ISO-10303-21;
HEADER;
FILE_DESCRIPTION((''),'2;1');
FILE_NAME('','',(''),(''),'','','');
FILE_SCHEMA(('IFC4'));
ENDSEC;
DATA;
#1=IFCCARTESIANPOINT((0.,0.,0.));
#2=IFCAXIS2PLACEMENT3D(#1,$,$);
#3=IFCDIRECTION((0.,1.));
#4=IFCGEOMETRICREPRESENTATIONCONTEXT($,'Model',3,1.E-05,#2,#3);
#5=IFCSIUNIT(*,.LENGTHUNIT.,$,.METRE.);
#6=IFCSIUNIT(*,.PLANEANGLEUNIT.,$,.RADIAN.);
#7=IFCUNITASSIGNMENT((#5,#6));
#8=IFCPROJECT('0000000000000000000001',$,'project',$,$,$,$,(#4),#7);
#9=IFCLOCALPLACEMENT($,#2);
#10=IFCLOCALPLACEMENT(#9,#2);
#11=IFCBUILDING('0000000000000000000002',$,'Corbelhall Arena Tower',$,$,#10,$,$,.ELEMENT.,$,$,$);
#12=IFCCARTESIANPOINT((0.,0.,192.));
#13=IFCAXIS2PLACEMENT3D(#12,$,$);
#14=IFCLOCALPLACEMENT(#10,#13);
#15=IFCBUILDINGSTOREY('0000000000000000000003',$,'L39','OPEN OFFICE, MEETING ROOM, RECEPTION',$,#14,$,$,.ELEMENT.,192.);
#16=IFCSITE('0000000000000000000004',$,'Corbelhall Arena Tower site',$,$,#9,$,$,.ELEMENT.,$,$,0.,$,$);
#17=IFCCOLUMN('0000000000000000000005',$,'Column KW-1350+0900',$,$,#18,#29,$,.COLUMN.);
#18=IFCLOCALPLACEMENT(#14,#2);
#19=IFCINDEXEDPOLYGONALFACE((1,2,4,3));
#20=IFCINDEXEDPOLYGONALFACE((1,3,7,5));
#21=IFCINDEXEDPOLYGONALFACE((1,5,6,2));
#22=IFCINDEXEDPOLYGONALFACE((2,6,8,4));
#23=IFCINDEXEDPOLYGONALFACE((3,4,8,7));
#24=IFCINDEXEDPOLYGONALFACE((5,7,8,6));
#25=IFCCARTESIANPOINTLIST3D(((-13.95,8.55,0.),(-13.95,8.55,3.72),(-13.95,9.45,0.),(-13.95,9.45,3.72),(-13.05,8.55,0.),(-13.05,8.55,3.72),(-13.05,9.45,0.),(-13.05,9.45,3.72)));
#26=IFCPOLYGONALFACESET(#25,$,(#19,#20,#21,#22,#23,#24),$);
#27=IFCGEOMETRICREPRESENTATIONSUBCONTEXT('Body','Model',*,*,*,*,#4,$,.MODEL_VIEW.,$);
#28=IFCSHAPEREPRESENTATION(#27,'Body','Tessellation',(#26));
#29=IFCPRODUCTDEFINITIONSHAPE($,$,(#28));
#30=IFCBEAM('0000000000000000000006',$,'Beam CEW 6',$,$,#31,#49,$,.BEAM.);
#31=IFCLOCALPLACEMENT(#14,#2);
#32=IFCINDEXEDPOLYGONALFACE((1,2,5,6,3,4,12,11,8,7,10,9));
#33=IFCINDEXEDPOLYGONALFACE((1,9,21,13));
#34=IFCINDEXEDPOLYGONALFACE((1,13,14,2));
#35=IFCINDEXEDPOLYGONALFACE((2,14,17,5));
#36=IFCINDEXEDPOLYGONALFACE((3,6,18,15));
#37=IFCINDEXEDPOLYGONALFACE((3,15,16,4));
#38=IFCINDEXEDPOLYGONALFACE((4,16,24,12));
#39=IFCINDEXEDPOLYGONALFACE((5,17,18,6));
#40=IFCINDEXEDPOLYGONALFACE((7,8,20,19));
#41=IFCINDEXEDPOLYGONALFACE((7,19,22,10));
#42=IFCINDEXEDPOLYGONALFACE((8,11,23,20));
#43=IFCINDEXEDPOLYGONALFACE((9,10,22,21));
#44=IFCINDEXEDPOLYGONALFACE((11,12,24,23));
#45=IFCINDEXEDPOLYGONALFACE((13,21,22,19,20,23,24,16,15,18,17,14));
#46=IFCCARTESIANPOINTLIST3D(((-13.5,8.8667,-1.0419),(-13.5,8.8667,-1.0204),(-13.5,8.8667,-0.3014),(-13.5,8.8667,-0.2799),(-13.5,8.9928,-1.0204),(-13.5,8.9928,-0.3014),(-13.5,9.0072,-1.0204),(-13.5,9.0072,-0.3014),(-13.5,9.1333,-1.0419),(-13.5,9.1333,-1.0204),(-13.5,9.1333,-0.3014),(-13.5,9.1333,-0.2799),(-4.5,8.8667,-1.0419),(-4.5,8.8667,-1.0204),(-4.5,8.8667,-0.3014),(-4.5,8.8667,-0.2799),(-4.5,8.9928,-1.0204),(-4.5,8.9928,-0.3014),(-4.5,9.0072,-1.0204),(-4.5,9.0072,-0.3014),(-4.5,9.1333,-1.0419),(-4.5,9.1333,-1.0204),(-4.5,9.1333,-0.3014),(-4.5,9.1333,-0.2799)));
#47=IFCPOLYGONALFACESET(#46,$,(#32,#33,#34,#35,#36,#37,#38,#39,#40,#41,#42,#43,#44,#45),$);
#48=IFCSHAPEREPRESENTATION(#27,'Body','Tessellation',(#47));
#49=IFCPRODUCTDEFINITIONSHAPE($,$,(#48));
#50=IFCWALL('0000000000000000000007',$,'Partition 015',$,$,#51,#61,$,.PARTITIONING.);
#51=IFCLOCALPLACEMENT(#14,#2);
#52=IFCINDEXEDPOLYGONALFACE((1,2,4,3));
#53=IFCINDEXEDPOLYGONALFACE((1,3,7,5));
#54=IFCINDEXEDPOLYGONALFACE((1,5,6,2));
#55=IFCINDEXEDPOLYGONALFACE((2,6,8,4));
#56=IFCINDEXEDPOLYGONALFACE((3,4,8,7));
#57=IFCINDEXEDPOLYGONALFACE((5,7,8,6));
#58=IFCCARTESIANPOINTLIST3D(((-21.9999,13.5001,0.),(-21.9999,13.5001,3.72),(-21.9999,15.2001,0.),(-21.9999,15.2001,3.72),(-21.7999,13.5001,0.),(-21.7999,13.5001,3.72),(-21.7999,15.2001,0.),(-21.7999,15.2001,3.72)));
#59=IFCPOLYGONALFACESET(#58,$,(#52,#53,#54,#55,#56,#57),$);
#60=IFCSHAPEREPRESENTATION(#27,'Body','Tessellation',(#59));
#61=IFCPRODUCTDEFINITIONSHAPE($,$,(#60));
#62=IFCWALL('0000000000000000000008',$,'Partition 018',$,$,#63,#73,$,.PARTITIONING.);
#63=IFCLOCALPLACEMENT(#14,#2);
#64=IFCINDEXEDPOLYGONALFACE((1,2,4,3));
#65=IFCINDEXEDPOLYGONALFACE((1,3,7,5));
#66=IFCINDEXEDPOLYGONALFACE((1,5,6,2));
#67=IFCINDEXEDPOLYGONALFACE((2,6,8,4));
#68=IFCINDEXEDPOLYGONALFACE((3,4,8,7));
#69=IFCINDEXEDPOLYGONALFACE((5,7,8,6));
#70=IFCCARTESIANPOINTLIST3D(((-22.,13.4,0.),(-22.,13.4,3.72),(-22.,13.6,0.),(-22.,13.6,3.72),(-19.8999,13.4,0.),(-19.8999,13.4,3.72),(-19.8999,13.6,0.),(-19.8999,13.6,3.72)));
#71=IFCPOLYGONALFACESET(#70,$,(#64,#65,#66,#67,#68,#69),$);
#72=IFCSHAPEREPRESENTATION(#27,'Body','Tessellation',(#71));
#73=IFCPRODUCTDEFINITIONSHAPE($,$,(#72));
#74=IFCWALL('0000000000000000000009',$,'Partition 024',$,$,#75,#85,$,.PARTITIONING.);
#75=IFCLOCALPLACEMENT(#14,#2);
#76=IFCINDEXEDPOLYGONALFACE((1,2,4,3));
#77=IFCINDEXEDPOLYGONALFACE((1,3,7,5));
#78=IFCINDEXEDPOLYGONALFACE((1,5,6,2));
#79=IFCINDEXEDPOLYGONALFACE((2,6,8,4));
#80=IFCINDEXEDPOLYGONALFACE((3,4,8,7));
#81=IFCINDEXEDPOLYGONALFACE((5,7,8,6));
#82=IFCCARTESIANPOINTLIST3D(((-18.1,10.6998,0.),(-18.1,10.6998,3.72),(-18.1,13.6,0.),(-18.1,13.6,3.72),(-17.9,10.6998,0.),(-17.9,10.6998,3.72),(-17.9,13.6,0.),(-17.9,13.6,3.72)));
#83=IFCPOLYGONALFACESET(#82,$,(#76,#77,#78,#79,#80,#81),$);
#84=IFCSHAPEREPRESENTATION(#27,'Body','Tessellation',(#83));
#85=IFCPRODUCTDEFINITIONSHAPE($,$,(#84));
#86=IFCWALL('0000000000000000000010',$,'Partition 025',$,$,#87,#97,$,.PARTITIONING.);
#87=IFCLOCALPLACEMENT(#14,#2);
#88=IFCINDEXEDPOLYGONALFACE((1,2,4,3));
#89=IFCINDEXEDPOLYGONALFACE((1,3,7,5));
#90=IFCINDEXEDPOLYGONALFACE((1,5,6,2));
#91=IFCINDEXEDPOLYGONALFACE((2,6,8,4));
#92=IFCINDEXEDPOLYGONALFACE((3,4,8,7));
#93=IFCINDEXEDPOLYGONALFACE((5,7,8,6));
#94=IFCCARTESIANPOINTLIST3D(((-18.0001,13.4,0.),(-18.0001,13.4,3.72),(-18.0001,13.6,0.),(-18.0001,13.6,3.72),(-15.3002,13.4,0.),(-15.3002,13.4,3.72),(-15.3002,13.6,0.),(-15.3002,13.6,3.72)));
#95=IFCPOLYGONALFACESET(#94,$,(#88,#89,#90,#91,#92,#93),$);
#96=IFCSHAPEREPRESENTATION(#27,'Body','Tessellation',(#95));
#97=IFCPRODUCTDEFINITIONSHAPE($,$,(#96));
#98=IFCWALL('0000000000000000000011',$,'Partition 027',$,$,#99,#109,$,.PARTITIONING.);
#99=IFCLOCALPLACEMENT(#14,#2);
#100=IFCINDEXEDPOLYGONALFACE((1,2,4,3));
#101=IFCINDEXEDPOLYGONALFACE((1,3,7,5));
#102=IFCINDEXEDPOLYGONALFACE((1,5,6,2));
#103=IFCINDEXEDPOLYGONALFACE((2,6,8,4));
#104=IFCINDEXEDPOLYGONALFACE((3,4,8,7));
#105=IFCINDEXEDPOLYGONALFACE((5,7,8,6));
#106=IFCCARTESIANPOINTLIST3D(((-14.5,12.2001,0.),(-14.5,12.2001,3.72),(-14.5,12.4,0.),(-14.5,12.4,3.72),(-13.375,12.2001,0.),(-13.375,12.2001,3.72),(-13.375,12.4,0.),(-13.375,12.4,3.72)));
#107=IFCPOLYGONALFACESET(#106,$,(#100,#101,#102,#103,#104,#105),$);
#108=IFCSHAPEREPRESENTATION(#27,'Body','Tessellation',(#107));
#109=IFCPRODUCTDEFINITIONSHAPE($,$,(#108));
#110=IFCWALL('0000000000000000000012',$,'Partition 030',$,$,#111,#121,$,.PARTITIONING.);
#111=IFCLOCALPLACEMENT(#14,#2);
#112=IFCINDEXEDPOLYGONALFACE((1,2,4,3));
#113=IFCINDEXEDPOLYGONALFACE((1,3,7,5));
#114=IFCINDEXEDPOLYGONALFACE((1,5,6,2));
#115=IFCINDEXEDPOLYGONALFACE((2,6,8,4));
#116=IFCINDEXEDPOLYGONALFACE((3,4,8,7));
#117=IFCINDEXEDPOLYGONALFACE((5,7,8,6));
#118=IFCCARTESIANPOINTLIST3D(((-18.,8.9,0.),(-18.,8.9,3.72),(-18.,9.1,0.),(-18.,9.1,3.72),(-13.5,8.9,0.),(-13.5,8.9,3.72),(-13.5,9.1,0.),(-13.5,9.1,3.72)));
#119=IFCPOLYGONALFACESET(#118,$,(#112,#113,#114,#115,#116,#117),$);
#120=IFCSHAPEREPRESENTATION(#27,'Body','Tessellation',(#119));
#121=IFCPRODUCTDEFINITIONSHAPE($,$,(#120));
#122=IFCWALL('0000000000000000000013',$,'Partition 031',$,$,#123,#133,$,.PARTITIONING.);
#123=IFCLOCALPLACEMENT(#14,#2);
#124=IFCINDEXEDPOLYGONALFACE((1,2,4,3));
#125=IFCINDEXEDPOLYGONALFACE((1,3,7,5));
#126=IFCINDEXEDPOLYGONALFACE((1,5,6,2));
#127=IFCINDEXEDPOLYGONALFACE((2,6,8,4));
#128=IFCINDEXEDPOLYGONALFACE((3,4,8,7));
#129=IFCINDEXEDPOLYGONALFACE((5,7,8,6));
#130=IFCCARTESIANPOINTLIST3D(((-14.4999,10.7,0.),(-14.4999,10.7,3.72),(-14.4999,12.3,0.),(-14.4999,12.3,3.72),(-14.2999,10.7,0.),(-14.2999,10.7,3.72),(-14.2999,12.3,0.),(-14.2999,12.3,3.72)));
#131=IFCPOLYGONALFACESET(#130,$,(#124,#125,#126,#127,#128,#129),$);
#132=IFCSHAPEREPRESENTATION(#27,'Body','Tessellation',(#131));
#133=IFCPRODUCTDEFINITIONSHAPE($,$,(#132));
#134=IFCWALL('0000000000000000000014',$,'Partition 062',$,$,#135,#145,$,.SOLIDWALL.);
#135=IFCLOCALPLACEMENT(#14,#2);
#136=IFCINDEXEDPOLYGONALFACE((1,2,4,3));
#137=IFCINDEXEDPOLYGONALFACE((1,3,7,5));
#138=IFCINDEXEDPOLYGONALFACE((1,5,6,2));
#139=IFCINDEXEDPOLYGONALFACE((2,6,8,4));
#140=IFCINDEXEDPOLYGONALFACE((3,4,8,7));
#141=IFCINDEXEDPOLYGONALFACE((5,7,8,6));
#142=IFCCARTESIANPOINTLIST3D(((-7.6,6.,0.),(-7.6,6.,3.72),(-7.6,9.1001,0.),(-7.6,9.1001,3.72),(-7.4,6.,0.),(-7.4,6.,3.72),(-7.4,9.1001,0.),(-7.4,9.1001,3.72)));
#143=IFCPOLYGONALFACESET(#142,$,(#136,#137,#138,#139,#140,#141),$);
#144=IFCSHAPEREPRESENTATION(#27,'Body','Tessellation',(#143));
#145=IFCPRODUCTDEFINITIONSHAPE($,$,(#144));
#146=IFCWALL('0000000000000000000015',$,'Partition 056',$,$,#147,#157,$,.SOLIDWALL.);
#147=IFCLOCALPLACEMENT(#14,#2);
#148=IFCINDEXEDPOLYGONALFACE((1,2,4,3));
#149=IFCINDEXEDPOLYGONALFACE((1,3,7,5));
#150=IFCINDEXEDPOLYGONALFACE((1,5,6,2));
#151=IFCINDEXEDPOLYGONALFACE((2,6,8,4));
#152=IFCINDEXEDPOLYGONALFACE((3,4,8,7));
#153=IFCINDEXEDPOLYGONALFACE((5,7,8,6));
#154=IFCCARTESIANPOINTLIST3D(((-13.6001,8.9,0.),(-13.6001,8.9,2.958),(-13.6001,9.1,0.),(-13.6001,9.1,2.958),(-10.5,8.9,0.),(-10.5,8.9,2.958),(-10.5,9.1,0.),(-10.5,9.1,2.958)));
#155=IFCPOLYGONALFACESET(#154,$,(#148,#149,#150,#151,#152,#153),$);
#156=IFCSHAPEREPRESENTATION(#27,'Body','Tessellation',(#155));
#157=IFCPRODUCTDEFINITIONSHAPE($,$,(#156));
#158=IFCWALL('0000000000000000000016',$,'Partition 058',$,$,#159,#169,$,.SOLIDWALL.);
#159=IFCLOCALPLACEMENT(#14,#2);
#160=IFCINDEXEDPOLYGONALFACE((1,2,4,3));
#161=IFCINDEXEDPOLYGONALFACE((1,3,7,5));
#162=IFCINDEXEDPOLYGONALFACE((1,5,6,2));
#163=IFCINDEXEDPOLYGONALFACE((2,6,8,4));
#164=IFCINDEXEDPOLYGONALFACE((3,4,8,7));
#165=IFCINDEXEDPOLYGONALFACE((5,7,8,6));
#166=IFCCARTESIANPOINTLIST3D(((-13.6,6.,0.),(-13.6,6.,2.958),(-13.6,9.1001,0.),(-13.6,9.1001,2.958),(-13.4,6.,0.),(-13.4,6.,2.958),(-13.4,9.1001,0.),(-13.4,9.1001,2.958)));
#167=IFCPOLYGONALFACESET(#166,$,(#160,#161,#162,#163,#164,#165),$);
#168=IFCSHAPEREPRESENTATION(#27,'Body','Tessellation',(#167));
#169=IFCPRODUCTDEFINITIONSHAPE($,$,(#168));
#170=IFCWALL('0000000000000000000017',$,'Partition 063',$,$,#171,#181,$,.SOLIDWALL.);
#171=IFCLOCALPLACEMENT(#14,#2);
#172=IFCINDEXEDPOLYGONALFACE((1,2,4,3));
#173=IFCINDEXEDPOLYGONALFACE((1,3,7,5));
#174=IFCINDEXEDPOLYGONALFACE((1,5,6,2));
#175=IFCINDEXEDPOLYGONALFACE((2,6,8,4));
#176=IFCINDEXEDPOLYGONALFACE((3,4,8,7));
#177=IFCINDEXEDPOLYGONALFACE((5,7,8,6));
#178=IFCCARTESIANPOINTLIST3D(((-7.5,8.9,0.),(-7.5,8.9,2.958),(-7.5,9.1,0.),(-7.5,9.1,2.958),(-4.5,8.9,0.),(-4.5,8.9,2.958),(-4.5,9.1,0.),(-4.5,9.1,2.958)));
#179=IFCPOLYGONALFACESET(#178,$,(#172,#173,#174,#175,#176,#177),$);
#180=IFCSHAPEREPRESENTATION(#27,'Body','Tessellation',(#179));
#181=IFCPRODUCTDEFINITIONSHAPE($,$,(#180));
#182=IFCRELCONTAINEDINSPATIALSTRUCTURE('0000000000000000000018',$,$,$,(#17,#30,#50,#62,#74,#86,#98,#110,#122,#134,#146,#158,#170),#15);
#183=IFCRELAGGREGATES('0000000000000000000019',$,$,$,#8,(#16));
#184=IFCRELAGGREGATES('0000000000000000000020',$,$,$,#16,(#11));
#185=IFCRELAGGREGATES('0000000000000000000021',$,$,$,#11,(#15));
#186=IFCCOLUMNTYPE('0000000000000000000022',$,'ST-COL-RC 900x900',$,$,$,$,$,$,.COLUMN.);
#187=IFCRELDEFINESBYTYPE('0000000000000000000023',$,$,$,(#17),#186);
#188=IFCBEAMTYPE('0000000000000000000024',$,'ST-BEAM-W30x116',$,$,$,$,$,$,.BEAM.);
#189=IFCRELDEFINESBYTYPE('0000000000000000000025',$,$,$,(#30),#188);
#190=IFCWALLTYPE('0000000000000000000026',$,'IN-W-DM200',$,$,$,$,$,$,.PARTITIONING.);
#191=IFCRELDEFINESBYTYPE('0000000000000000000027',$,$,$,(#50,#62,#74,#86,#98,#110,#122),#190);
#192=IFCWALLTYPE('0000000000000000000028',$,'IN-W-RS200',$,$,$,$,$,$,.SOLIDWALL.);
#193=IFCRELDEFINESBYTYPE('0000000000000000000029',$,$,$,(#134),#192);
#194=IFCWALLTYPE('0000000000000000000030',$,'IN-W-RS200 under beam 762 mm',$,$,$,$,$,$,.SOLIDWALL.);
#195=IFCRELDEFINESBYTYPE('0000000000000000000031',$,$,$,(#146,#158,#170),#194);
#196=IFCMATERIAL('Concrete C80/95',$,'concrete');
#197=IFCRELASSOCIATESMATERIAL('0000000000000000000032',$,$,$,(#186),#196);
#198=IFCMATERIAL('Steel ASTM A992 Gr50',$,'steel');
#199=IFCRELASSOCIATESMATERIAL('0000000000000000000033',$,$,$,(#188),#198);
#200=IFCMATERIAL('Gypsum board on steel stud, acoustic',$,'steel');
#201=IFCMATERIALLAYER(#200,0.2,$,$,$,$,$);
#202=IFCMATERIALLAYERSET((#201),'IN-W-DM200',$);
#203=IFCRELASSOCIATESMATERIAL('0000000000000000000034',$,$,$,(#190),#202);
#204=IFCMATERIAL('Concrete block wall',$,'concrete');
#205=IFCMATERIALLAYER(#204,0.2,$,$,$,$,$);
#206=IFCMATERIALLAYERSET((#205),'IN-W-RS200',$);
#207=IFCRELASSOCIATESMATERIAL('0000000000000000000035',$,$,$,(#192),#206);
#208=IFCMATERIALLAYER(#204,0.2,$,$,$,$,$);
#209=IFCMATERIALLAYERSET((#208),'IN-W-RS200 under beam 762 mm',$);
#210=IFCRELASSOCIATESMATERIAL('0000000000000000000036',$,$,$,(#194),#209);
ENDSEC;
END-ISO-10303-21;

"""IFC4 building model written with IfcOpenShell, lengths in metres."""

from ifc_helpers import new_model, si_unit, direction, frame, frame_2d, origin, origin_2d, place, context, subcontext, project, spatial, rectangle, i_section, extrude, material, layer, layer_set, material_profile, profile_set, type_object, element, save


model = new_model("IFC4")

# Units and contexts
model_context = context("Model", 3, precision=1e-05, world=origin(), true_north=direction((0.0, 1.0)))
body_context = subcontext(model_context, "Body", "Model", "MODEL_VIEW")
ifc_project = project(units=[si_unit("LENGTHUNIT", "METRE"), si_unit("PLANEANGLEUNIT", "RADIAN")], contexts=[model_context])

# Site, building, storey
site_placement = place(None, origin())
site = spatial("IfcSite", under=ifc_project, at=site_placement, Name="Corbelhall Arena Tower site", CompositionType="ELEMENT", RefElevation=0.0)
building_placement = place(site_placement, origin())
building = spatial("IfcBuilding", under=site, at=building_placement, Name="Corbelhall Arena Tower", CompositionType="ELEMENT")
storey_placement = place(building_placement, frame((0.0, 0.0, 192.0)))
storey = spatial("IfcBuildingStorey", under=building, at=storey_placement, Name="L39", Description="OPEN OFFICE, MEETING ROOM, RECEPTION", CompositionType="ELEMENT", Elevation=192.0)

# Column
ifc_material_1 = material(Name="Concrete C80/95", Category="concrete")
ifc_material_profile_1 = material_profile(ifc_material_1, rectangle(XDim=0.8999, YDim=0.8999, at=origin_2d()))
ifc_profile_set_1 = profile_set([ifc_material_profile_1], Name="Concrete C80/95")
column_type = type_object("IfcColumnType", Name="ST-COL-RC 900x900", PredefinedType="COLUMN", material=ifc_profile_set_1)
column_placement = place(storey_placement, frame((-13.5, 9.0, 0.0), z_axis=(0.0, 0.0, 1.0), x_axis=(1.0, 0.0, 0.0)))
element("IfcColumn", 1, at=column_placement, inside=storey, type_object=column_type, Name="Column KW-1350+0900", PredefinedType="COLUMN", context=body_context, shape_type="SweptSolid", body=[
    extrude(rectangle(XDim=0.8999, YDim=0.8999, at=origin_2d()), origin(), (0.0, 0.0, 1.0), 3.72),
])

# Beam
ifc_material_2 = material(Name="Steel ASTM A992 Gr50", Category="steel")
ifc_material_profile_2 = material_profile(ifc_material_2, i_section(OverallWidth=0.2666, OverallDepth=0.762, WebThickness=0.0144, FlangeThickness=0.0215, at=origin_2d()))
ifc_profile_set_2 = profile_set([ifc_material_profile_2], Name="Steel ASTM A992 Gr50")
beam_type = type_object("IfcBeamType", Name="ST-BEAM-W30x116", PredefinedType="BEAM", material=ifc_profile_set_2)
beam_placement = place(storey_placement, frame((-13.5, 9.0, -0.6609), z_axis=(1.0, 0.0, 0.0), x_axis=(0.0, 1.0, 0.0)))
element("IfcBeam", 2, at=beam_placement, inside=storey, type_object=beam_type, Name="Beam CEW 6", PredefinedType="BEAM", context=body_context, shape_type="SweptSolid", body=[
    extrude(i_section(OverallWidth=0.2666, OverallDepth=0.762, WebThickness=0.0144, FlangeThickness=0.0215, at=origin_2d()), origin(), (0.0, 0.0, 1.0), 9.0),
])

# Wall
ifc_material_3 = material(Name="Gypsum board on steel stud, acoustic", Category="steel")
ifc_layer_1 = layer(ifc_material_3, 0.2)
ifc_layer_set_1 = layer_set([ifc_layer_1], Name="IN-W-DM200")
wall_type_1 = type_object("IfcWallType", Name="IN-W-DM200", PredefinedType="PARTITIONING", material=ifc_layer_set_1)
wall_1_placement = place(storey_placement, frame((-21.8999, 13.5, 0.0), z_axis=(0.0, 0.0, 1.0), x_axis=(0.0, 1.0, 0.0)))
element("IfcWall", 3, at=wall_1_placement, inside=storey, type_object=wall_type_1, Name="Partition 015", PredefinedType="PARTITIONING", context=body_context, shape_type="SweptSolid", body=[
    extrude(rectangle(XDim=1.7, YDim=0.2, at=frame_2d((0.8501, 0.0))), origin(), (0.0, 0.0, 1.0), 3.72),
])

# Wall
wall_2_placement = place(storey_placement, frame((-19.8999, 13.5, 0.0), z_axis=(0.0, 0.0, 1.0), x_axis=(-1.0, 0.0, 0.0)))
element("IfcWall", 4, at=wall_2_placement, inside=storey, type_object=wall_type_1, Name="Partition 018", PredefinedType="PARTITIONING", context=body_context, shape_type="SweptSolid", body=[
    extrude(rectangle(XDim=2.1001, YDim=0.2, at=frame_2d((1.05, 0.0))), origin(), (0.0, 0.0, 1.0), 3.72),
])

# Walls
wall_3_placement = place(storey_placement, frame((-18.0, 13.6001, 0.0), z_axis=(0.0, 0.0, 1.0), x_axis=(0.0, -1.0, 0.0)))
element("IfcWall", 5, at=wall_3_placement, inside=storey, type_object=wall_type_1, Name="Partition 024", PredefinedType="PARTITIONING", context=body_context, shape_type="SweptSolid", body=[
    extrude(rectangle(XDim=2.9001, YDim=0.2, at=frame_2d((1.4502, 0.0))), origin(), (0.0, 0.0, 1.0), 3.72),
])
wall_4_placement = place(storey_placement, frame((-15.3, 13.5, 0.0), z_axis=(0.0, 0.0, 1.0), x_axis=(-1.0, 0.0, 0.0)))
element("IfcWall", 6, at=wall_4_placement, inside=storey, type_object=wall_type_1, Name="Partition 025", PredefinedType="PARTITIONING", context=body_context, shape_type="SweptSolid", body=[
    extrude(rectangle(XDim=2.7, YDim=0.2, at=frame_2d((1.3501, 0.0))), origin(), (0.0, 0.0, 1.0), 3.72),
])
wall_5_placement = place(storey_placement, frame((-14.5, 12.3, 0.0), z_axis=(0.0, 0.0, 1.0), x_axis=(1.0, 0.0, 0.0)))
element("IfcWall", 7, at=wall_5_placement, inside=storey, type_object=wall_type_1, Name="Partition 027", PredefinedType="PARTITIONING", context=body_context, shape_type="SweptSolid", body=[
    extrude(rectangle(XDim=1.125, YDim=0.2, at=frame_2d((0.5625, 0.0))), origin(), (0.0, 0.0, 1.0), 3.72),
])
wall_6_placement = place(storey_placement, frame((-13.5, 9.0, 0.0), z_axis=(0.0, 0.0, 1.0), x_axis=(-1.0, 0.0, 0.0)))
element("IfcWall", 8, at=wall_6_placement, inside=storey, type_object=wall_type_1, Name="Partition 030", PredefinedType="PARTITIONING", context=body_context, shape_type="SweptSolid", body=[
    extrude(rectangle(XDim=4.5, YDim=0.2, at=frame_2d((2.25, 0.0))), origin(), (0.0, 0.0, 1.0), 3.72),
])
wall_7_placement = place(storey_placement, frame((-14.3999, 10.7, 0.0), z_axis=(0.0, 0.0, 1.0), x_axis=(0.0, 1.0, 0.0)))
element("IfcWall", 9, at=wall_7_placement, inside=storey, type_object=wall_type_1, Name="Partition 031", PredefinedType="PARTITIONING", context=body_context, shape_type="SweptSolid", body=[
    extrude(rectangle(XDim=1.6001, YDim=0.2, at=frame_2d((0.8, 0.0))), origin(), (0.0, 0.0, 1.0), 3.72),
])

# Shared definitions
ifc_material_4 = material(Name="Concrete block wall", Category="concrete")
ifc_layer_2 = layer(ifc_material_4, 0.2)
ifc_layer_set_2 = layer_set([ifc_layer_2], Name="IN-W-RS200")
wall_type_2 = type_object("IfcWallType", Name="IN-W-RS200", PredefinedType="SOLIDWALL", material=ifc_layer_set_2)

# Walls
wall_8_placement = place(storey_placement, frame((-7.5, 6.0, 0.0), z_axis=(0.0, 0.0, 1.0), x_axis=(0.0, 1.0, 0.0)))
element("IfcWall", 10, at=wall_8_placement, inside=storey, type_object=wall_type_2, Name="Partition 062", PredefinedType="SOLIDWALL", context=body_context, shape_type="SweptSolid", body=[
    extrude(rectangle(XDim=3.1001, YDim=0.2, at=frame_2d((1.55, 0.0))), origin(), (0.0, 0.0, 1.0), 3.72),
])
ifc_layer_3 = layer(ifc_material_4, 0.2)
ifc_layer_set_3 = layer_set([ifc_layer_3], Name="IN-W-RS200 under beam 762 mm")
wall_type_3 = type_object("IfcWallType", Name="IN-W-RS200 under beam 762 mm", PredefinedType="SOLIDWALL", material=ifc_layer_set_3)
for number, where, z_axis, x_axis, name in (
    (11, (-13.6001, 9.0, 0.0), (0.0, 0.0, 1.0), (1.0, 0.0, 0.0), "Partition 056"),
    (12, (-13.5, 6.0, 0.0), (0.0, 0.0, 1.0), (0.0, 1.0, 0.0), "Partition 058"),
):
    element("IfcWall", number, at=place(storey_placement, frame(where, z_axis=z_axis, x_axis=x_axis)), inside=storey, type_object=wall_type_3, Name=name, PredefinedType="SOLIDWALL", context=body_context, shape_type="SweptSolid", body=[
        extrude(rectangle(XDim=3.1001, YDim=0.2, at=frame_2d((1.55, 0.0))), origin(), (0.0, 0.0, 1.0), 2.958),
    ])
wall_9_placement = place(storey_placement, frame((-7.5, 9.0, 0.0), z_axis=(0.0, 0.0, 1.0), x_axis=(1.0, 0.0, 0.0)))
element("IfcWall", 13, at=wall_9_placement, inside=storey, type_object=wall_type_3, Name="Partition 063", PredefinedType="SOLIDWALL", context=body_context, shape_type="SweptSolid", body=[
    extrude(rectangle(XDim=3.0, YDim=0.2, at=frame_2d((1.5, 0.0))), origin(), (0.0, 0.0, 1.0), 2.958),
])

save(model, "model.ifc")
